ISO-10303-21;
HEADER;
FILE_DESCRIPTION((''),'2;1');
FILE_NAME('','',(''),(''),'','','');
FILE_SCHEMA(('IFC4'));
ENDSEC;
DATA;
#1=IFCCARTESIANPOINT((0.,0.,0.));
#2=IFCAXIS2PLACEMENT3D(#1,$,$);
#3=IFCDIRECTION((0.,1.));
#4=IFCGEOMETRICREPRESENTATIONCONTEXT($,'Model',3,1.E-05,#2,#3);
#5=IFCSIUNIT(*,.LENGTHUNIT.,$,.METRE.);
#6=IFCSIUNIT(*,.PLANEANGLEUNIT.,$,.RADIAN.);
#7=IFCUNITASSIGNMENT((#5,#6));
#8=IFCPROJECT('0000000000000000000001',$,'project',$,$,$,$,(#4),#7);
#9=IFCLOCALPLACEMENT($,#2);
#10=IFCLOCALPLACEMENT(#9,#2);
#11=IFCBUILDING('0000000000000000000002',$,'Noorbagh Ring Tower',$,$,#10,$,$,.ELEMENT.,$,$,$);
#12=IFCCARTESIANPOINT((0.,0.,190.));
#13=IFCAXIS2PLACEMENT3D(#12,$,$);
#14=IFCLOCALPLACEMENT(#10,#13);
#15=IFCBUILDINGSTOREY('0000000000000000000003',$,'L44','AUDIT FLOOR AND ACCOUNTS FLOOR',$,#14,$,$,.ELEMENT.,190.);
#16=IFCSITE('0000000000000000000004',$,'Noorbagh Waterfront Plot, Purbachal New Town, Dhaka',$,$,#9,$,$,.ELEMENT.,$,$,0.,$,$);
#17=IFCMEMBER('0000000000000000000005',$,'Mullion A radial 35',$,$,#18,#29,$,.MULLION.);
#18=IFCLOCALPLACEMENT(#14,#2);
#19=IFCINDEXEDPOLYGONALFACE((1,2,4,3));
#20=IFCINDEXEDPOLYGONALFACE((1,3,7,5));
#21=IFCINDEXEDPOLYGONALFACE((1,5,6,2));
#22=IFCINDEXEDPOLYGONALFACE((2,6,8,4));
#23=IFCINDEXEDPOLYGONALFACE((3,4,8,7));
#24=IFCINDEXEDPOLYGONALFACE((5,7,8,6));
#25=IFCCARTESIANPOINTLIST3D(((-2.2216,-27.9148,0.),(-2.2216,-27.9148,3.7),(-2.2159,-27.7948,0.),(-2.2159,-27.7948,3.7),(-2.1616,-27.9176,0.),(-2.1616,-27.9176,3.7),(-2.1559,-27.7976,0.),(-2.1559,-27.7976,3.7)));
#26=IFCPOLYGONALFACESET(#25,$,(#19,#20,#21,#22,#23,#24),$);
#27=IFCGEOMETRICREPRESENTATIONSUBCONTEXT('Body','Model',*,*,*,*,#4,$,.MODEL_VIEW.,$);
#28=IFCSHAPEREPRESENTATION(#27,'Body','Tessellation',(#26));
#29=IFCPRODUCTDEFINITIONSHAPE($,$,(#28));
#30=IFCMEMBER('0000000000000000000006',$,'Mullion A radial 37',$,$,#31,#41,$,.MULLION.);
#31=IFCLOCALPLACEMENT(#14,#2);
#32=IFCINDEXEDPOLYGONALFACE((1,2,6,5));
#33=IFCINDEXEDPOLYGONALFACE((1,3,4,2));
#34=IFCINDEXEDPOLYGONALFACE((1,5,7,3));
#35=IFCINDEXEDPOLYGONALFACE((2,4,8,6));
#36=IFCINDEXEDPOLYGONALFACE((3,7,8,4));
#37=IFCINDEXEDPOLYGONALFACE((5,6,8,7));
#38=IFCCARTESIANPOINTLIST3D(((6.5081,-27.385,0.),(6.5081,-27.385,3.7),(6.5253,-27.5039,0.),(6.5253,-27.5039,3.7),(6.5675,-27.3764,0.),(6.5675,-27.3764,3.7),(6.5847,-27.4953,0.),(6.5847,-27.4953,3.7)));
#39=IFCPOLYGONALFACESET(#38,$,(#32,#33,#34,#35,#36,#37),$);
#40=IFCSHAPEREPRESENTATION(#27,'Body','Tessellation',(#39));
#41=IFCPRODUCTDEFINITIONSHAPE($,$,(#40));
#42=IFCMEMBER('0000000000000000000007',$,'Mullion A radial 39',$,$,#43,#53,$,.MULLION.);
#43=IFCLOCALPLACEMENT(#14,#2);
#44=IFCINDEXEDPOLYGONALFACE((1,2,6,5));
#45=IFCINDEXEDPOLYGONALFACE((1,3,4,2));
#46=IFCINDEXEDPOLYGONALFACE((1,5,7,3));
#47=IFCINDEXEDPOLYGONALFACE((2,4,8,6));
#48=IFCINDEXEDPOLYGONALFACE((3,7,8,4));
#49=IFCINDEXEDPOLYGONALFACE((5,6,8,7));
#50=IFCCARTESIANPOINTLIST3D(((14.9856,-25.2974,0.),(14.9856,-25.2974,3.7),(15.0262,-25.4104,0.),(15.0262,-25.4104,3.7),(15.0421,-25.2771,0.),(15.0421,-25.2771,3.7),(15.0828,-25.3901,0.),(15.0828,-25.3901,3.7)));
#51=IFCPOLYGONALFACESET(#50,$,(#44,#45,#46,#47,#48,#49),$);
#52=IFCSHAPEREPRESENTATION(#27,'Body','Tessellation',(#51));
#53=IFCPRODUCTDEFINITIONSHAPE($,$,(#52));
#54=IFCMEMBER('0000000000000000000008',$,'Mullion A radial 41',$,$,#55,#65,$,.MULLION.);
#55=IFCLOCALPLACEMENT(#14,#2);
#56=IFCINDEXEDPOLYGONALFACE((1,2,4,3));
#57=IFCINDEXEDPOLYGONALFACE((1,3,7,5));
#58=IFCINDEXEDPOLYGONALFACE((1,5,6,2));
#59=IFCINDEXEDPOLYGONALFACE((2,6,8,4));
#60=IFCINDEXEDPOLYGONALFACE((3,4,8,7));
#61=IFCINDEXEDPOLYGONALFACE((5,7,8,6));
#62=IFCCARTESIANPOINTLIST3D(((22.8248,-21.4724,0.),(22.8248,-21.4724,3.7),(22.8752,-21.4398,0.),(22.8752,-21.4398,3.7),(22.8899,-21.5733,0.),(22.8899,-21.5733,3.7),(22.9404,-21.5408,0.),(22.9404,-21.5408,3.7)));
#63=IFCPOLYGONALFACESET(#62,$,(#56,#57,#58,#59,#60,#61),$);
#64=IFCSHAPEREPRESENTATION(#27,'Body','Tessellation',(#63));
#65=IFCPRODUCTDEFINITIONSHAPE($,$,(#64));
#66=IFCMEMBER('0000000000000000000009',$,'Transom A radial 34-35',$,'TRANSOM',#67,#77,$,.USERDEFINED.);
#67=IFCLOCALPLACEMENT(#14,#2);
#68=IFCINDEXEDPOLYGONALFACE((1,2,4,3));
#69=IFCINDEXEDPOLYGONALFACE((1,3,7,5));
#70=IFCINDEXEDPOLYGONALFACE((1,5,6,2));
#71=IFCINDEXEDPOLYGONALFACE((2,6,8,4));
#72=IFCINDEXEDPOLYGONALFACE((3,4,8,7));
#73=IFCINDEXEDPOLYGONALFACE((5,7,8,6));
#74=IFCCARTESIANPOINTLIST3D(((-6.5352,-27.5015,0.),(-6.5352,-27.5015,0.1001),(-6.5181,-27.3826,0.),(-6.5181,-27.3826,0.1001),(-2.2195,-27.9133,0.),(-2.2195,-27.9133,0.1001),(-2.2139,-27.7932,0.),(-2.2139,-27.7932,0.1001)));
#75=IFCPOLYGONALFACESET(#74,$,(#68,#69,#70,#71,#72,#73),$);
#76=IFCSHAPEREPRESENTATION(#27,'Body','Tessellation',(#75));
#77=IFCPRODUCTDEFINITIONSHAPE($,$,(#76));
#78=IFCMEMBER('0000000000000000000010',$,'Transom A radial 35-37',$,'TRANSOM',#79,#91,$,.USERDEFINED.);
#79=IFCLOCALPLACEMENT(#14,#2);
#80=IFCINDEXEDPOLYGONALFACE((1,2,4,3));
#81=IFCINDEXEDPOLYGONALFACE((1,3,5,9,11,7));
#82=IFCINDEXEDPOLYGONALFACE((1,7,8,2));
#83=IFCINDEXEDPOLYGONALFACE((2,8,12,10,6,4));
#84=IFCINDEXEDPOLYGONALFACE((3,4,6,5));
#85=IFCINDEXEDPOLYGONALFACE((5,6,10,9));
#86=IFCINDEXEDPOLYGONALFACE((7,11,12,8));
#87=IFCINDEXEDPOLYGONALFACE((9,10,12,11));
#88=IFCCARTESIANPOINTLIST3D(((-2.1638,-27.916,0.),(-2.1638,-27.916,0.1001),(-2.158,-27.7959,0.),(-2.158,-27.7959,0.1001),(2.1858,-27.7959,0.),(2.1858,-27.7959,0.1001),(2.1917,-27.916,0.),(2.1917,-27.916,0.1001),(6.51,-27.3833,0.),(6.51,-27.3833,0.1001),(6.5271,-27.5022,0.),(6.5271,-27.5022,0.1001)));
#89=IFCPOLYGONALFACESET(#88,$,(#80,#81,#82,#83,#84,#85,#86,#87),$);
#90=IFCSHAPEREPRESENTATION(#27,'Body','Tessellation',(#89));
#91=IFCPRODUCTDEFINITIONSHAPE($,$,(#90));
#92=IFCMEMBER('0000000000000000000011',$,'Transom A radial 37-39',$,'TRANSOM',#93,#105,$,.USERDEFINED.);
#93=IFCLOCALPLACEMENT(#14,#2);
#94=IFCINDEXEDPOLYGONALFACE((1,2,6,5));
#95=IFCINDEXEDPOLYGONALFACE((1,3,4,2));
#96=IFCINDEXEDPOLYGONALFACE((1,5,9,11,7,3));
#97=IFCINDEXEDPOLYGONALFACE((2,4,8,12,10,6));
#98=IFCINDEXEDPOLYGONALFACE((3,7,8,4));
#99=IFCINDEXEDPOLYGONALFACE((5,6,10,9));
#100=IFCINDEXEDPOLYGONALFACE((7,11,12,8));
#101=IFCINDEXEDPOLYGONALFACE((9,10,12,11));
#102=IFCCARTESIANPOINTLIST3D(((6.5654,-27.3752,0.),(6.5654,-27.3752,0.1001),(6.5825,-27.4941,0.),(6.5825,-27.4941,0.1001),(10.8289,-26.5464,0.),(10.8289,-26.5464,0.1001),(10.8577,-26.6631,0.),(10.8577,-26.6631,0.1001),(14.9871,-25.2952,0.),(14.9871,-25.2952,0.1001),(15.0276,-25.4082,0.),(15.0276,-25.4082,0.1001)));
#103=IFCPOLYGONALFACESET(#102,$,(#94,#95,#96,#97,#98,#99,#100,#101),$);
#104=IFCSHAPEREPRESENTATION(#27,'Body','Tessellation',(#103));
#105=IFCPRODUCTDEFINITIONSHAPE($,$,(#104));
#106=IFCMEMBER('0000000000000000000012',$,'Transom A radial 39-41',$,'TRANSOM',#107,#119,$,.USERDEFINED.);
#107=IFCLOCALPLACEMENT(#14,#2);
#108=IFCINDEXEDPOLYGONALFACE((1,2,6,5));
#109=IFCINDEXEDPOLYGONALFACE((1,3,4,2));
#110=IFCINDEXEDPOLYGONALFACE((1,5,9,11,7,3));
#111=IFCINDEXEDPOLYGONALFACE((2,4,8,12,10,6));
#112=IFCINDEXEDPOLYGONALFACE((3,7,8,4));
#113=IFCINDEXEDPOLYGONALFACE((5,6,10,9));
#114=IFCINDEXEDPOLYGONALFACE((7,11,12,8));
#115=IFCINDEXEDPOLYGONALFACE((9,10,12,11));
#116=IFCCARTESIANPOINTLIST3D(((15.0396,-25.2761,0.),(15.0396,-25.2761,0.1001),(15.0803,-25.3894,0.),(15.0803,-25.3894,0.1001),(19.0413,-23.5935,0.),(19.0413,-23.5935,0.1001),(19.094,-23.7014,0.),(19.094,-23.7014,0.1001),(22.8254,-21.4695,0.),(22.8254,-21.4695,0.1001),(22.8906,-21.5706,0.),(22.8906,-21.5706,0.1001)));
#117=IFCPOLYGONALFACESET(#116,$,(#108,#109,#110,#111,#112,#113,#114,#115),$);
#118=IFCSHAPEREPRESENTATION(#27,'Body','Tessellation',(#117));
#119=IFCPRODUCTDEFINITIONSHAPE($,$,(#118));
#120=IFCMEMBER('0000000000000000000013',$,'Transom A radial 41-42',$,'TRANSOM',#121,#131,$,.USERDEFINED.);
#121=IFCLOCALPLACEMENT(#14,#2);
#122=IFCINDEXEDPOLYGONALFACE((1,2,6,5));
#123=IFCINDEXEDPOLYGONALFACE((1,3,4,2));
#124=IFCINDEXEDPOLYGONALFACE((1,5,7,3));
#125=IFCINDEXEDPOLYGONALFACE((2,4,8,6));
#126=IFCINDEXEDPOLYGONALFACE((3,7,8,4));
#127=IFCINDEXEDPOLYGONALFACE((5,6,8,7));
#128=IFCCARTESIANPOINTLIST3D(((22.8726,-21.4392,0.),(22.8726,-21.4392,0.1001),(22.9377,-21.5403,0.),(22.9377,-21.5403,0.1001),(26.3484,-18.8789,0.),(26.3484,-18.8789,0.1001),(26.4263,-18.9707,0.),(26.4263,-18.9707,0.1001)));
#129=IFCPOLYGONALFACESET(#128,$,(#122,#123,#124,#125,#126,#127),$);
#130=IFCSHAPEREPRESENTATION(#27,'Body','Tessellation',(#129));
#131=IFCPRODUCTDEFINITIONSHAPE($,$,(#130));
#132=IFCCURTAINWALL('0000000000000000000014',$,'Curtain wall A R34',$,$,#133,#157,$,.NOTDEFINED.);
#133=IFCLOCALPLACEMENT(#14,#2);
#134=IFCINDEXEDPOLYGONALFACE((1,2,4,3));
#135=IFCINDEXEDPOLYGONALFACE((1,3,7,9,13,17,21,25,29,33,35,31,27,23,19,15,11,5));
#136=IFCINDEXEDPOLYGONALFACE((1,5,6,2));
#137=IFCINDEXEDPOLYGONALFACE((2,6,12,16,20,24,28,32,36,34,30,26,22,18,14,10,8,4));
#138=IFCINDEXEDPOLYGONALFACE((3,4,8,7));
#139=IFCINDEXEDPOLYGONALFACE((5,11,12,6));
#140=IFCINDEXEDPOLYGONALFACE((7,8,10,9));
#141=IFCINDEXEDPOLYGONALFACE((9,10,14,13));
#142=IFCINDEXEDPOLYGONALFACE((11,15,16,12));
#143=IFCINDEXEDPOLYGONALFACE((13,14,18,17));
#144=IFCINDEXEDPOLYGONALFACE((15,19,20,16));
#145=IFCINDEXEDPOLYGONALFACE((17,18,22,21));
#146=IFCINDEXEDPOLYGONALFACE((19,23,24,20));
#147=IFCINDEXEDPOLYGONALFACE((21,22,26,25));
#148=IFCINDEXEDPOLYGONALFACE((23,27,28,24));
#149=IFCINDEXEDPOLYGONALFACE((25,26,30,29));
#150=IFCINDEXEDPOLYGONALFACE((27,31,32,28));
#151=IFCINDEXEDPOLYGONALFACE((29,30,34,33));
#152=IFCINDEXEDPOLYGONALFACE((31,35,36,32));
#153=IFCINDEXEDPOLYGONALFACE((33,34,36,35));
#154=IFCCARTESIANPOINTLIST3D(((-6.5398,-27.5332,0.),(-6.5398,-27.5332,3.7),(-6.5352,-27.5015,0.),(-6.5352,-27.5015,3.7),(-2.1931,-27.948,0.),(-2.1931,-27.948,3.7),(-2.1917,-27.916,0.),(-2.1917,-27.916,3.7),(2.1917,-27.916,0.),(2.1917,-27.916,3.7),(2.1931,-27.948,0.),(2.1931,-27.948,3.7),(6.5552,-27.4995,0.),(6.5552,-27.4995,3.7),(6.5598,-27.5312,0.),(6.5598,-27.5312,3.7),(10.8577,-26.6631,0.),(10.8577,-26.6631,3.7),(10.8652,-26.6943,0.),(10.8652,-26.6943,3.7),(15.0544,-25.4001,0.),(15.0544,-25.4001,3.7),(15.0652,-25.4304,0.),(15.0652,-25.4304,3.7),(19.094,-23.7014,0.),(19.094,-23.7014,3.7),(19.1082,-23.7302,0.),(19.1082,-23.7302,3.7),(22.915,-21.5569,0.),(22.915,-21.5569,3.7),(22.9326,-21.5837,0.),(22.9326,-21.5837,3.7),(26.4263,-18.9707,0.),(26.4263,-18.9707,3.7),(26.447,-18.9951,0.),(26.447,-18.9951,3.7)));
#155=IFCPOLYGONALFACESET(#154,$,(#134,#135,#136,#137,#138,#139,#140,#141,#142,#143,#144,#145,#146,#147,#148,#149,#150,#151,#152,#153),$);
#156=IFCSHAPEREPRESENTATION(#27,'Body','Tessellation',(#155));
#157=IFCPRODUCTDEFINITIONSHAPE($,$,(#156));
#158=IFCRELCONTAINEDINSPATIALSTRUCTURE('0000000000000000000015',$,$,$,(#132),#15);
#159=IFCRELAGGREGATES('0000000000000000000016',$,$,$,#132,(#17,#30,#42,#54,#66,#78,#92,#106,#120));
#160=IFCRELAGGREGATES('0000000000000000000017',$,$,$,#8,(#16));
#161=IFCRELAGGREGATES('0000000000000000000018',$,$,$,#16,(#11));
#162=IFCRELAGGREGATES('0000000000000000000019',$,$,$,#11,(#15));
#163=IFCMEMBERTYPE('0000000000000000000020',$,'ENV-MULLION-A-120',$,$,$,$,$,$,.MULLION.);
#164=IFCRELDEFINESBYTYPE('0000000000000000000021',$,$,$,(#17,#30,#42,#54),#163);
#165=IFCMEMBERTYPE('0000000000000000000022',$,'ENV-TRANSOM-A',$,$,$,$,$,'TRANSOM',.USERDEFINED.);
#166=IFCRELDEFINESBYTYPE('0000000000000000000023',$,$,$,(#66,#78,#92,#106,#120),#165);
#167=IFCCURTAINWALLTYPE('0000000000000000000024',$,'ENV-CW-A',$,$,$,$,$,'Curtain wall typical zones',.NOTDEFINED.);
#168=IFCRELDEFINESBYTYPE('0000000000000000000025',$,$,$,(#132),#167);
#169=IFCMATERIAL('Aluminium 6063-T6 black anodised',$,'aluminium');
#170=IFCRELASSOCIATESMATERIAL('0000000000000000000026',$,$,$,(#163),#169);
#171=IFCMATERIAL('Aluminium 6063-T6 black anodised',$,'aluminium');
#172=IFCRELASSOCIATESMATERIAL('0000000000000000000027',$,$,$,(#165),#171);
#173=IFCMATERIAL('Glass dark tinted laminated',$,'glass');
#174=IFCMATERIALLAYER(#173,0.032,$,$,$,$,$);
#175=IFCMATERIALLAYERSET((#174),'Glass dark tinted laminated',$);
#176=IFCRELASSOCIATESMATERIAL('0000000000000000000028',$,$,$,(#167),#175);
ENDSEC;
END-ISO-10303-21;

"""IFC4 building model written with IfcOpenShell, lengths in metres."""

from ifc_helpers import new_model, si_unit, direction, frame, origin, origin_2d, place, context, subcontext, project, spatial, polyline, rectangle, outline, extrude, material, layer, layer_set, material_profile, profile_set, type_object, element, aggregate, save


model = new_model("IFC4")

# Units and contexts
model_context = context("Model", 3, precision=1e-05, world=origin(), true_north=direction((0.0, 1.0)))
body_context = subcontext(model_context, "Body", "Model", "MODEL_VIEW")
ifc_project = project(units=[si_unit("LENGTHUNIT", "METRE"), si_unit("PLANEANGLEUNIT", "RADIAN")], contexts=[model_context])

# Members
ifc_material_1 = material(Name="Aluminium 6063-T6 black anodised", Category="aluminium")
ifc_material_profile = material_profile(ifc_material_1, rectangle(XDim=0.1201, YDim=0.0601, at=origin_2d()), Name="120x60")
ifc_profile_set = profile_set([ifc_material_profile], Name="Aluminium 6063-T6 black anodised")
member_type_1 = type_object("IfcMemberType", Name="ENV-MULLION-A-120", PredefinedType="MULLION", material=ifc_profile_set)
site_placement = place(None, origin())
building_placement = place(site_placement, origin())
storey_placement = place(building_placement, frame((0.0, 0.0, 190.0)))
member_1_placement = place(storey_placement, frame((-2.1887, -27.8562, 0.0), z_axis=(0.0, 0.0, 1.0), x_axis=(0.047558, 0.998868, 0.0)))
member_1 = element("IfcMember", 1, at=member_1_placement, type_object=member_type_1, Name="Mullion A radial 35", PredefinedType="MULLION", context=body_context, shape_type="SweptSolid", body=[
    extrude(rectangle(XDim=0.1201, YDim=0.0601, at=origin_2d()), origin(), (0.0, 0.0, 1.0), 3.7),
])
member_2_placement = place(storey_placement, frame((6.5464, -27.4402, 0.0), z_axis=(0.0, 0.0, 1.0), x_axis=(-0.143082, 0.989711, 0.0)))
member_2 = element("IfcMember", 2, at=member_2_placement, type_object=member_type_1, Name="Mullion A radial 37", PredefinedType="MULLION", context=body_context, shape_type="SweptSolid", body=[
    extrude(rectangle(XDim=0.1201, YDim=0.0601, at=origin_2d()), origin(), (0.0, 0.0, 1.0), 3.7),
])
member_3_placement = place(storey_placement, frame((15.0342, -25.3438, 0.0), z_axis=(0.0, 0.0, 1.0), x_axis=(-0.338379, 0.94101, 0.0)))
member_3 = element("IfcMember", 3, at=member_3_placement, type_object=member_type_1, Name="Mullion A radial 39", PredefinedType="MULLION", context=body_context, shape_type="SweptSolid", body=[
    extrude(rectangle(XDim=0.1201, YDim=0.0601, at=origin_2d()), origin(), (0.0, 0.0, 1.0), 3.7),
])
member_4_placement = place(storey_placement, frame((22.8826, -21.5066, 0.0), z_axis=(0.0, 0.0, 1.0), x_axis=(-0.542279, 0.840198, 0.0)))
member_4 = element("IfcMember", 4, at=member_4_placement, type_object=member_type_1, Name="Mullion A radial 41", PredefinedType="MULLION", context=body_context, shape_type="SweptSolid", body=[
    extrude(rectangle(XDim=0.1201, YDim=0.0601, at=origin_2d()), origin(), (0.0, 0.0, 1.0), 3.7),
])
ifc_material_2 = material(Name="Aluminium 6063-T6 black anodised", Category="aluminium")
member_type_2 = type_object("IfcMemberType", Name="ENV-TRANSOM-A", ElementType="TRANSOM", PredefinedType="USERDEFINED", material=ifc_material_2)
member_5_placement = place(storey_placement, origin())
member_5 = element("IfcMember", 5, at=member_5_placement, type_object=member_type_2, Name="Transom A radial 34-35", ObjectType="TRANSOM", PredefinedType="USERDEFINED", context=body_context, shape_type="SweptSolid", body=[
    extrude(outline(polyline([(-6.5352, -27.5015), (-2.2195, -27.9133), (-2.2139, -27.7932), (-6.5181, -27.3826), (-6.5352, -27.5015)])), origin(), (0.0, 0.0, 1.0), 0.1001),
])
member_6_placement = place(storey_placement, origin())
member_6 = element("IfcMember", 6, at=member_6_placement, type_object=member_type_2, Name="Transom A radial 35-37", ObjectType="TRANSOM", PredefinedType="USERDEFINED", context=body_context, shape_type="SweptSolid", body=[
    extrude(outline(polyline([(-2.1638, -27.916), (2.1917, -27.916), (6.5271, -27.5022), (6.51, -27.3833), (2.1858, -27.7959), (-2.158, -27.7959), (-2.1638, -27.916)])), origin(), (0.0, 0.0, 1.0), 0.1001),
])
member_7_placement = place(storey_placement, origin())
member_7 = element("IfcMember", 7, at=member_7_placement, type_object=member_type_2, Name="Transom A radial 37-39", ObjectType="TRANSOM", PredefinedType="USERDEFINED", context=body_context, shape_type="SweptSolid", body=[
    extrude(outline(polyline([(6.5825, -27.4941), (10.8577, -26.6631), (15.0276, -25.4082), (14.9871, -25.2952), (10.8289, -26.5464), (6.5654, -27.3752), (6.5825, -27.4941)])), origin(), (0.0, 0.0, 1.0), 0.1001),
])
member_8_placement = place(storey_placement, origin())
member_8 = element("IfcMember", 8, at=member_8_placement, type_object=member_type_2, Name="Transom A radial 39-41", ObjectType="TRANSOM", PredefinedType="USERDEFINED", context=body_context, shape_type="SweptSolid", body=[
    extrude(outline(polyline([(15.0803, -25.3894), (19.094, -23.7014), (22.8906, -21.5706), (22.8254, -21.4695), (19.0413, -23.5935), (15.0396, -25.2761), (15.0803, -25.3894)])), origin(), (0.0, 0.0, 1.0), 0.1001),
])
member_9_placement = place(storey_placement, origin())
member_9 = element("IfcMember", 9, at=member_9_placement, type_object=member_type_2, Name="Transom A radial 41-42", ObjectType="TRANSOM", PredefinedType="USERDEFINED", context=body_context, shape_type="SweptSolid", body=[
    extrude(outline(polyline([(22.9377, -21.5403), (26.4263, -18.9707), (26.3484, -18.8789), (22.8726, -21.4392), (22.9377, -21.5403)])), origin(), (0.0, 0.0, 1.0), 0.1001),
])

# Site, building, storey
site = spatial("IfcSite", under=ifc_project, at=site_placement, Name="Noorbagh Waterfront Plot, Purbachal New Town, Dhaka", CompositionType="ELEMENT", RefElevation=0.0)
building = spatial("IfcBuilding", under=site, at=building_placement, Name="Noorbagh Ring Tower", CompositionType="ELEMENT")
storey = spatial("IfcBuildingStorey", under=building, at=storey_placement, Name="L44", Description="AUDIT FLOOR AND ACCOUNTS FLOOR", CompositionType="ELEMENT", Elevation=190.0)

# Curtain wall
ifc_material_3 = material(Name="Glass dark tinted laminated", Category="glass")
ifc_layer = layer(ifc_material_3, 0.032)
ifc_layer_set = layer_set([ifc_layer], Name="Glass dark tinted laminated")
curtain_wall_type = type_object("IfcCurtainWallType", Name="ENV-CW-A", ElementType="Curtain wall typical zones", PredefinedType="NOTDEFINED", material=ifc_layer_set)
curtain_wall_1_placement = place(storey_placement, origin())
curtain_wall_1 = element("IfcCurtainWall", 10, at=curtain_wall_1_placement, inside=storey, type_object=curtain_wall_type, Name="Curtain wall A R34", PredefinedType="NOTDEFINED", context=body_context, shape_type="SweptSolid", body=[
    extrude(outline(polyline([(-6.5398, -27.5332), (-2.1931, -27.948), (2.1931, -27.948), (6.5598, -27.5312), (10.8652, -26.6943), (15.0652, -25.4304), (19.1082, -23.7302), (22.9326, -21.5837), (26.447, -18.9951), (26.4263, -18.9707), (22.915, -21.5569), (19.094, -23.7014), (15.0544, -25.4001), (10.8577, -26.6631), (6.5552, -27.4995), (2.1917, -27.916), (-2.1917, -27.916), (-6.5352, -27.5015), (-6.5398, -27.5332)])), origin(), (0.0, 0.0, 1.0), 3.7),
])
aggregate(curtain_wall_1, [member_1, member_2, member_3, member_4, member_5, member_6, member_7, member_8, member_9])

save(model, "model.ifc")
